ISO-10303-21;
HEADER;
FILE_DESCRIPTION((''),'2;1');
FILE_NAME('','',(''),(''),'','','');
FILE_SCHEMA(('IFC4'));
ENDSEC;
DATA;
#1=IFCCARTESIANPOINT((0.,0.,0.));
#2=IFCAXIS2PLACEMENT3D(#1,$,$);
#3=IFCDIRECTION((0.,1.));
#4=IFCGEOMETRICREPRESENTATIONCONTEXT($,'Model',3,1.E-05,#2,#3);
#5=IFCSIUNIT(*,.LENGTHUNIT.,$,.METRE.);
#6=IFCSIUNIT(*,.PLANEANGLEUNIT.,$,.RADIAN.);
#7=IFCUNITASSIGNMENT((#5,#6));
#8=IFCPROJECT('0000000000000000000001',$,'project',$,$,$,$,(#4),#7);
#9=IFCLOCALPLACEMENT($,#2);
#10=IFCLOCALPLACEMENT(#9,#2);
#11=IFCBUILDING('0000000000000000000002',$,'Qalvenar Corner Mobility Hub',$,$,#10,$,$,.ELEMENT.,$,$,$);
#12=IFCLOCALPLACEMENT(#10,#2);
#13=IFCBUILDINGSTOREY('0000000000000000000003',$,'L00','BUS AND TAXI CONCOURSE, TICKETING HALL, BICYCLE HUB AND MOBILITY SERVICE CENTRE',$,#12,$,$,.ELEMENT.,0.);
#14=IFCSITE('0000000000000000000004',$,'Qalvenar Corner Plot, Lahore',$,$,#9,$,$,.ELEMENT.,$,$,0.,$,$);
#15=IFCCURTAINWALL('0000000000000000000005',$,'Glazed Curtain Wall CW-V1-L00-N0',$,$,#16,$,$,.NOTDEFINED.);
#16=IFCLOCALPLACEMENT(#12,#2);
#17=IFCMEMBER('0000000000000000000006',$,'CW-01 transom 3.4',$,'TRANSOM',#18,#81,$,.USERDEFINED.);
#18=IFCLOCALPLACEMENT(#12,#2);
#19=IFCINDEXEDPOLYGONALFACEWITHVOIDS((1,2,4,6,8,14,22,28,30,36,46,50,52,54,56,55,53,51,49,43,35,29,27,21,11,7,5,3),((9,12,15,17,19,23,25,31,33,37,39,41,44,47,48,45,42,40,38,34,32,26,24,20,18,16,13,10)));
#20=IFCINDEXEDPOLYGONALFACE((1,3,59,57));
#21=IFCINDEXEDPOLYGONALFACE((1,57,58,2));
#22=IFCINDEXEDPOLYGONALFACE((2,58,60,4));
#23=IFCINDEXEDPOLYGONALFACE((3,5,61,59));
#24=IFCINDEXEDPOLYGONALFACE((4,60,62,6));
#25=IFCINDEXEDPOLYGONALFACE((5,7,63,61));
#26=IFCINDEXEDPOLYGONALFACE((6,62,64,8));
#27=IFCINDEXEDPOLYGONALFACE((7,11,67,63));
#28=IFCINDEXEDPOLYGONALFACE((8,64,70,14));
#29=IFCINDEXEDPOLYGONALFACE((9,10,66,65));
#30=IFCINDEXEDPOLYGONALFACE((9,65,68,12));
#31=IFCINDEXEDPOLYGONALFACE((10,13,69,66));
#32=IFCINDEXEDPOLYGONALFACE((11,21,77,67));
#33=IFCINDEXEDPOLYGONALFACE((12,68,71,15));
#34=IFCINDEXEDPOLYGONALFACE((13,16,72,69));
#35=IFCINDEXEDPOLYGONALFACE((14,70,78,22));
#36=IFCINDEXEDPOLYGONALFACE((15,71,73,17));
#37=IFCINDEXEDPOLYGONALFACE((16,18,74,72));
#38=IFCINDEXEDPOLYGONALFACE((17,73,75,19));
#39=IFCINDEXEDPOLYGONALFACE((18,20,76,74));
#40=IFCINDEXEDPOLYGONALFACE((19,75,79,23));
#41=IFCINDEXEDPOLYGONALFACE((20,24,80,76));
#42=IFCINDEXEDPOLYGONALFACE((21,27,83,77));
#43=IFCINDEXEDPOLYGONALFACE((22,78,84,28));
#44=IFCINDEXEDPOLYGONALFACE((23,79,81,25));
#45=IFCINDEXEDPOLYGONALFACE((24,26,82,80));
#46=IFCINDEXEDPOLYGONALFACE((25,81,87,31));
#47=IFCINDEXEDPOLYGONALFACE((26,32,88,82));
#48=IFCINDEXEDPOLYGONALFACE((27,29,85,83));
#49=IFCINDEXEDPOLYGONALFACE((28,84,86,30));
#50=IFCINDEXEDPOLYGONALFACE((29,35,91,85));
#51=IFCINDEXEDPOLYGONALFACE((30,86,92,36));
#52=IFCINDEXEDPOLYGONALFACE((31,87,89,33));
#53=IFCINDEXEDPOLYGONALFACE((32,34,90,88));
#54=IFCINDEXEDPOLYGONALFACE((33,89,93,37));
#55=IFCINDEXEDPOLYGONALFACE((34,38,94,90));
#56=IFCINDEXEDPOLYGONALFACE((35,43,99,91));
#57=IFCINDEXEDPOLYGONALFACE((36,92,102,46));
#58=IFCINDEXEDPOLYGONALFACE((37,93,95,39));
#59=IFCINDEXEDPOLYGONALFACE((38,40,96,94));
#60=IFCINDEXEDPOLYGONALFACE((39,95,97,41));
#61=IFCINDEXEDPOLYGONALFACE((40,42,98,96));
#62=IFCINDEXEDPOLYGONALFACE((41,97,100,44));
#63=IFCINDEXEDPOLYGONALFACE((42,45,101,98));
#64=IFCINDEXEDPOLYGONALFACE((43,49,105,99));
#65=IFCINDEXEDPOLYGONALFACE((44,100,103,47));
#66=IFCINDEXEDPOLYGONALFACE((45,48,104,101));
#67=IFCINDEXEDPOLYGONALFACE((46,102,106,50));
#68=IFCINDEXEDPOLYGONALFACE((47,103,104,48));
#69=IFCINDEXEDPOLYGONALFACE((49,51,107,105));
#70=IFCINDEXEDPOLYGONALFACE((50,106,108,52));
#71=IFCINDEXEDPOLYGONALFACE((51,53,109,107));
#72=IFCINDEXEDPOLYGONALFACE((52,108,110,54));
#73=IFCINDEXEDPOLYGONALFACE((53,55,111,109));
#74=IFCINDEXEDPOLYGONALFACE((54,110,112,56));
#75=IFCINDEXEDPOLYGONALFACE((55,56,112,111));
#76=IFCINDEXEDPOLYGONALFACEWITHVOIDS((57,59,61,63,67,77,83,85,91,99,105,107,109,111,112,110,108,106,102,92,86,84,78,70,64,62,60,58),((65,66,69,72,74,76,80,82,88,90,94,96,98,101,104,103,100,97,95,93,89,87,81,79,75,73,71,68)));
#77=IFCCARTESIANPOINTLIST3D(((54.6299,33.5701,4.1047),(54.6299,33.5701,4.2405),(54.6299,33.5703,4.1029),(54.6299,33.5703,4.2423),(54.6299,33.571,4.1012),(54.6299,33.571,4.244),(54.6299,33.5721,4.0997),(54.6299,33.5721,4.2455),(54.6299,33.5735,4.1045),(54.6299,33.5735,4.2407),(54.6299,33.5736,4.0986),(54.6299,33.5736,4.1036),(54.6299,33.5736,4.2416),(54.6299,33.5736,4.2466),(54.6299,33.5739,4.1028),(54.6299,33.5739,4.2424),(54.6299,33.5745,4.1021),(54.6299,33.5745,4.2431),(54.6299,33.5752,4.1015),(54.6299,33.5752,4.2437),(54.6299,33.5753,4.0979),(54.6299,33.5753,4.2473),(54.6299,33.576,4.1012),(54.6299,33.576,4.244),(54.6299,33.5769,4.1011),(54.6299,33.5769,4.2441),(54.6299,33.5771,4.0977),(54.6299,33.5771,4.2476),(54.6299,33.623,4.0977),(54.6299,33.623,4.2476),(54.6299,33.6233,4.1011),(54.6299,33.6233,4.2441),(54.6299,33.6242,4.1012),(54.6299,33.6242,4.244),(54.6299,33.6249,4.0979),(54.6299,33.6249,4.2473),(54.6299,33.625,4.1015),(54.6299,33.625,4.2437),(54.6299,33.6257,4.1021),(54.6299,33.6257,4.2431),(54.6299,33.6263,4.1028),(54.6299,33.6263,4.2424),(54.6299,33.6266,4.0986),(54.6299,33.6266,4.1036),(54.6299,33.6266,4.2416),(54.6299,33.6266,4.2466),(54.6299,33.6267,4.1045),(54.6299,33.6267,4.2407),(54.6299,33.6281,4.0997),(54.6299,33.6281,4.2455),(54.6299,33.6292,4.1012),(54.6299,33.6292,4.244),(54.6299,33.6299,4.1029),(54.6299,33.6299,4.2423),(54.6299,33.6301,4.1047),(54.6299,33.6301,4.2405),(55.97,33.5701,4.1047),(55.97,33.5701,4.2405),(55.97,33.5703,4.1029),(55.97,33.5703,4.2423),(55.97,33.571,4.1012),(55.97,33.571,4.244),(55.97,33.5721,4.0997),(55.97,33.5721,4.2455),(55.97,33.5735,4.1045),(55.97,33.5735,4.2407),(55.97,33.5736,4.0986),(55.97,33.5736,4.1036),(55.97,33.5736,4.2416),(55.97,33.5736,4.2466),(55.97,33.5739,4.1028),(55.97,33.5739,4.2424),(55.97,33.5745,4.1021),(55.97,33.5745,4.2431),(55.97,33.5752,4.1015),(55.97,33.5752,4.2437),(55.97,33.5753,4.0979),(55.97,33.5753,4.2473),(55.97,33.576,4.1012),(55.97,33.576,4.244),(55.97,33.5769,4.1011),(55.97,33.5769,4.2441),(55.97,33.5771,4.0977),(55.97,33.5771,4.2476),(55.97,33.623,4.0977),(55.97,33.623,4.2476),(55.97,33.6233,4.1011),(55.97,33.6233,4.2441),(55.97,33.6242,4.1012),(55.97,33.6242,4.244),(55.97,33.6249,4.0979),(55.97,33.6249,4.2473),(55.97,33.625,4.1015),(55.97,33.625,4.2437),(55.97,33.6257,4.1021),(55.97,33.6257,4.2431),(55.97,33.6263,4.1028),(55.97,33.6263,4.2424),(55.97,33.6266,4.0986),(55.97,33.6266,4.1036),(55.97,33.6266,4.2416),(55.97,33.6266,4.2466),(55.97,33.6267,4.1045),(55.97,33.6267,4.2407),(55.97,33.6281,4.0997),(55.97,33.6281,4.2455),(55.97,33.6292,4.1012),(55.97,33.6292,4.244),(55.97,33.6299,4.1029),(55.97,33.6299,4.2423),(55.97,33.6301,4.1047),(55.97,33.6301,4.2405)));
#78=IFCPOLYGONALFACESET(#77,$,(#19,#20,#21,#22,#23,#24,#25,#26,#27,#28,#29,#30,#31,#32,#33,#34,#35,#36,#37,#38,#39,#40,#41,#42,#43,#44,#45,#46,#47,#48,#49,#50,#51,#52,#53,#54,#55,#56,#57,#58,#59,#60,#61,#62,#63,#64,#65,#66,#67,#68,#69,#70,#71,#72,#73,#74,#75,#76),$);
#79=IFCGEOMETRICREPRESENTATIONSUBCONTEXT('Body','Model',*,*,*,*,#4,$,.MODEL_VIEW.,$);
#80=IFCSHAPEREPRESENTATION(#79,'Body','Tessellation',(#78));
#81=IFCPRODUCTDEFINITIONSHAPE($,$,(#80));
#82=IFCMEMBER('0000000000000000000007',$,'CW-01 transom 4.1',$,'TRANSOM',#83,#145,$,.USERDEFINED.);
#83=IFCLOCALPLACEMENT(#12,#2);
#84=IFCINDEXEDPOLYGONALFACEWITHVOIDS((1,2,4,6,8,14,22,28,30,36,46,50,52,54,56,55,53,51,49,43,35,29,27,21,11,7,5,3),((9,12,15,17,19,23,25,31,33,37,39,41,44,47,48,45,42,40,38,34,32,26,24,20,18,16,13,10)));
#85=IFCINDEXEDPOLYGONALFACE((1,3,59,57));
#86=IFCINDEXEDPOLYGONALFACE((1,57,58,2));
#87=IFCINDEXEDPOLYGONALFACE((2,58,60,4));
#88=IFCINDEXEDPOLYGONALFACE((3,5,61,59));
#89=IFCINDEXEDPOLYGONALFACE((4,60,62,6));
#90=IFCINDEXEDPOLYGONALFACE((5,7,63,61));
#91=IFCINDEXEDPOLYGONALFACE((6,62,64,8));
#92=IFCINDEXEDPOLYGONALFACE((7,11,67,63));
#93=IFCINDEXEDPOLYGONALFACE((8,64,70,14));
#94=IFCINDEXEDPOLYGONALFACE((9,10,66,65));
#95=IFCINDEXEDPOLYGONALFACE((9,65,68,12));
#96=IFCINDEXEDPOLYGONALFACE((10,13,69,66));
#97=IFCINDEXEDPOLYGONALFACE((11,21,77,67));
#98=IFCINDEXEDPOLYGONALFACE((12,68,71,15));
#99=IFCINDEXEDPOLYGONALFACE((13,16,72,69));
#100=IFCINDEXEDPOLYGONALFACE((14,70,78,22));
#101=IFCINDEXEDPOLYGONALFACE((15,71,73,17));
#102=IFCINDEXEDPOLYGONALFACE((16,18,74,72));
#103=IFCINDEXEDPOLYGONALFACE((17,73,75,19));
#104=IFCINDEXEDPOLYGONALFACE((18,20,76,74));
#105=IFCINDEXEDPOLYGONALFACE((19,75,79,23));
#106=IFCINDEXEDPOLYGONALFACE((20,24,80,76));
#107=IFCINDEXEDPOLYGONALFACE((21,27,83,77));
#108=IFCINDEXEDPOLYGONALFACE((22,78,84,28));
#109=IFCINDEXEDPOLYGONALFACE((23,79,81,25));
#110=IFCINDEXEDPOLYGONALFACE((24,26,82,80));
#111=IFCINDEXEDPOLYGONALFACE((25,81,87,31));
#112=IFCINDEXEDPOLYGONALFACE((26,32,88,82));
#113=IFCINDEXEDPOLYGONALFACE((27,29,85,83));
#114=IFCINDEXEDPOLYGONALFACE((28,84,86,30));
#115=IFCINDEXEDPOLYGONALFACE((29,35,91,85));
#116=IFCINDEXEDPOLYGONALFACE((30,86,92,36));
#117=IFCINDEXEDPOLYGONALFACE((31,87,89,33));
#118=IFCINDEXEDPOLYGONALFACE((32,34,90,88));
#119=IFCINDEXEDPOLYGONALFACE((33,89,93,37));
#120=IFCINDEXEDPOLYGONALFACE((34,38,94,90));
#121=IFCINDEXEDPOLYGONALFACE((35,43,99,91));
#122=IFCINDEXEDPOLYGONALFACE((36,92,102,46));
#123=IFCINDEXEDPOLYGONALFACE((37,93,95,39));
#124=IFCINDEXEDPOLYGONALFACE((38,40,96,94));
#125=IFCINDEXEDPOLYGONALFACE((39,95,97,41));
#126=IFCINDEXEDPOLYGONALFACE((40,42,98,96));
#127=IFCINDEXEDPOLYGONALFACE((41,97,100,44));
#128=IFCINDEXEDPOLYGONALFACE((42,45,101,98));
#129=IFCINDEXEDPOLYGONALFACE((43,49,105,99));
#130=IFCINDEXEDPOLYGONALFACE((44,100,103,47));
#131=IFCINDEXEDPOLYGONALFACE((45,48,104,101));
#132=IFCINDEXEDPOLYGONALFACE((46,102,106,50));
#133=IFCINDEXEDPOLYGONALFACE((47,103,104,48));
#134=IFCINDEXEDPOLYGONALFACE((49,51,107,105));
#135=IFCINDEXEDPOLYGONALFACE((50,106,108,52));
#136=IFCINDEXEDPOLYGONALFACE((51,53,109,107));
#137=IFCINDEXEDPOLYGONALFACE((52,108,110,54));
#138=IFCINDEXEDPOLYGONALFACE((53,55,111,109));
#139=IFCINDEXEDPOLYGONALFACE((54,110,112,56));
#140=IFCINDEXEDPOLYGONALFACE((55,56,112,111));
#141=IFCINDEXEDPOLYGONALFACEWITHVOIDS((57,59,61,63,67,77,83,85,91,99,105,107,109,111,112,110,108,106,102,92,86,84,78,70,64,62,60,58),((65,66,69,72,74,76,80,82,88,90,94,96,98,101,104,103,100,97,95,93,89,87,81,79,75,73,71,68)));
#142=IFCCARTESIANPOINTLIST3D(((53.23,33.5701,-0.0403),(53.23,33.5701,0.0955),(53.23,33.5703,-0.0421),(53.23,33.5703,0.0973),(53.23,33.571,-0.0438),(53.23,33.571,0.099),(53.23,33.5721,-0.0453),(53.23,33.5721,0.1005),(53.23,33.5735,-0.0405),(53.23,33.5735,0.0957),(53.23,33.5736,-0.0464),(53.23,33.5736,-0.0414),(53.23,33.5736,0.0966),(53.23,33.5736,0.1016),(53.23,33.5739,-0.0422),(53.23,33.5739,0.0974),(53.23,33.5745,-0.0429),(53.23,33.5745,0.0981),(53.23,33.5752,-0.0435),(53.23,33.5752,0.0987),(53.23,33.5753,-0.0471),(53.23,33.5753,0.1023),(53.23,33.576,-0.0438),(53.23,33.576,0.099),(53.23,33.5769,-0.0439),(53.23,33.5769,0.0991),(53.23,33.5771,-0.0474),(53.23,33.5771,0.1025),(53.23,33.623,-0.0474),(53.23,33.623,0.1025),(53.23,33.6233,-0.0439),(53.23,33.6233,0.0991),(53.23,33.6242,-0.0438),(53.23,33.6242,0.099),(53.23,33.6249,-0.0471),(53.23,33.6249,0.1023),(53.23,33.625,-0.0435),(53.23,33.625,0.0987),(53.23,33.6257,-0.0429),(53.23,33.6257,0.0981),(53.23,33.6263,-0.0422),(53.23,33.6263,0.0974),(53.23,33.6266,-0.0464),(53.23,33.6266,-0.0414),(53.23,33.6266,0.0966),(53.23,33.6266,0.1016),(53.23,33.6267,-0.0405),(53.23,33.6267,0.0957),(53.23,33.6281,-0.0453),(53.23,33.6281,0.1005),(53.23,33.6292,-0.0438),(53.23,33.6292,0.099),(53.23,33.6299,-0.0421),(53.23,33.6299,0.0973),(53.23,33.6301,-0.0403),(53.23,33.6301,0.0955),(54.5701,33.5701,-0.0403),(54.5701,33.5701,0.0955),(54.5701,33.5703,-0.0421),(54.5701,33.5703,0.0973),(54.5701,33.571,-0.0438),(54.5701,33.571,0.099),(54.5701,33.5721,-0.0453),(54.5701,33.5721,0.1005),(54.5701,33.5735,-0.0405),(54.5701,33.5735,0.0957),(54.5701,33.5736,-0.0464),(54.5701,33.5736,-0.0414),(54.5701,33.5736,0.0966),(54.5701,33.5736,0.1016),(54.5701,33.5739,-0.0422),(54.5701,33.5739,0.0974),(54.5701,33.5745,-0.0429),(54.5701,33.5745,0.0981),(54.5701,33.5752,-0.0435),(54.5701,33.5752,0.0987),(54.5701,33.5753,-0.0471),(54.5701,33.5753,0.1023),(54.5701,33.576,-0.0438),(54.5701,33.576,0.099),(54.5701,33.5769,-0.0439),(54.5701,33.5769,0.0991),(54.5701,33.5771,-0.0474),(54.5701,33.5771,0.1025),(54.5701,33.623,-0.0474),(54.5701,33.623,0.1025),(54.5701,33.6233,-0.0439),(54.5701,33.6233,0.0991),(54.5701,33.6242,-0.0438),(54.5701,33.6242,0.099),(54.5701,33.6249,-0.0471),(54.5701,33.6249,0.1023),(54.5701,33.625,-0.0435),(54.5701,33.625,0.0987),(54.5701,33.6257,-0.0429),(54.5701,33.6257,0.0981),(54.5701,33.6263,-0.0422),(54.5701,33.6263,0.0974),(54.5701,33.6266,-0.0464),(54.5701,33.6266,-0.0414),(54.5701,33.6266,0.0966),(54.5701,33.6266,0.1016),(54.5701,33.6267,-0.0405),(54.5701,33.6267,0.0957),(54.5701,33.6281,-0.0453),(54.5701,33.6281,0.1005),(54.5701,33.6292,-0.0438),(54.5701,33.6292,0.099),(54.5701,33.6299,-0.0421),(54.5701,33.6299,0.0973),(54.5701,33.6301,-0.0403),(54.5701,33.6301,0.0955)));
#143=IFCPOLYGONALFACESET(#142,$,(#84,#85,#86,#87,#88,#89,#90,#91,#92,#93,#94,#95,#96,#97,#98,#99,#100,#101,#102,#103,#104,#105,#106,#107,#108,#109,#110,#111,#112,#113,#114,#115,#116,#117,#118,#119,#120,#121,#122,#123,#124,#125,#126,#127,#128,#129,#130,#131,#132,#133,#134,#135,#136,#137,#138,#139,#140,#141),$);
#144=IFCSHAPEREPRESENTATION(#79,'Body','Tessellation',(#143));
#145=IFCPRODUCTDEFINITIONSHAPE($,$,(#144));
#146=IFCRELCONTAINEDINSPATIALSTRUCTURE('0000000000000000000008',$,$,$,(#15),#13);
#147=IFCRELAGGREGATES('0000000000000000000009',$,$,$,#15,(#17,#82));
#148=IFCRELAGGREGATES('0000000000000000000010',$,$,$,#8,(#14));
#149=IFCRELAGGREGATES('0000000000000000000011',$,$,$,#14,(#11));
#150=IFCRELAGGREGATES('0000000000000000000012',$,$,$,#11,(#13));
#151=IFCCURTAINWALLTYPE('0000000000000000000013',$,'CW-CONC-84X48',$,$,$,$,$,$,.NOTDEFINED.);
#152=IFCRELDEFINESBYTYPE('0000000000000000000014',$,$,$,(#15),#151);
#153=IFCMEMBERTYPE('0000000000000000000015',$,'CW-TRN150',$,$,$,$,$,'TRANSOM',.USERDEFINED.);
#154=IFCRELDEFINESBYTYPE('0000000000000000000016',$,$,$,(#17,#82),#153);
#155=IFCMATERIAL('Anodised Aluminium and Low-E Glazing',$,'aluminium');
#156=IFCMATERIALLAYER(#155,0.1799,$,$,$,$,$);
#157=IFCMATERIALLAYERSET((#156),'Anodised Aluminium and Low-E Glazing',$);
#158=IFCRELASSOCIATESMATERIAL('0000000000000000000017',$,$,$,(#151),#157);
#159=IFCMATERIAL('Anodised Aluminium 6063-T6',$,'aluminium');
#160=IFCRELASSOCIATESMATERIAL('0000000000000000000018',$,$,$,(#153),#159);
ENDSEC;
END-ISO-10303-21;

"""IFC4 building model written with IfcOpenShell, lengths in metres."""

from ifc_helpers import new_model, si_unit, direction, frame, origin, origin_2d, place, context, subcontext, project, spatial, hollow_rectangle, extrude, material, layer, layer_set, material_profile, profile_set, type_object, element, aggregate, save


model = new_model("IFC4")

# Units and contexts
model_context = context("Model", 3, precision=1e-05, world=origin(), true_north=direction((0.0, 1.0)))
body_context = subcontext(model_context, "Body", "Model", "MODEL_VIEW")
ifc_project = project(units=[si_unit("LENGTHUNIT", "METRE"), si_unit("PLANEANGLEUNIT", "RADIAN")], contexts=[model_context])

# Site, building, storey
site_placement = place(None, origin())
site = spatial("IfcSite", under=ifc_project, at=site_placement, Name="Qalvenar Corner Plot, Lahore", CompositionType="ELEMENT", RefElevation=0.0)
building_placement = place(site_placement, origin())
building = spatial("IfcBuilding", under=site, at=building_placement, Name="Qalvenar Corner Mobility Hub", CompositionType="ELEMENT")
storey_placement = place(building_placement, origin())
storey = spatial("IfcBuildingStorey", under=building, at=storey_placement, Name="L00", Description="BUS AND TAXI CONCOURSE, TICKETING HALL, BICYCLE HUB AND MOBILITY SERVICE CENTRE", CompositionType="ELEMENT", Elevation=0.0)

# Shared definitions
ifc_material_1 = material(Name="Anodised Aluminium and Low-E Glazing", Category="aluminium")
ifc_material_2 = material(Name="Anodised Aluminium 6063-T6", Category="aluminium")

# Curtain wall, members
ifc_layer_1 = layer(ifc_material_1, 0.1799)
ifc_layer_set_1 = layer_set([ifc_layer_1], Name="Anodised Aluminium and Low-E Glazing")
curtain_wall_type_1 = type_object("IfcCurtainWallType", Name="CW-CONC-84X48", PredefinedType="NOTDEFINED", material=ifc_layer_set_1)
curtain_wall_1_placement = place(storey_placement, origin())
curtain_wall_1 = element("IfcCurtainWall", 1, at=curtain_wall_1_placement, inside=storey, type_object=curtain_wall_type_1, Name="Glazed Curtain Wall CW-V1-L00-N0", PredefinedType="NOTDEFINED")
ifc_material_profile_1 = material_profile(ifc_material_2, hollow_rectangle(XDim=0.0601, YDim=0.1499, WallThickness=0.0034, InnerFilletRadius=0.0034, OuterFilletRadius=0.0071, at=origin_2d()), Name="RHS150x60x3.5")
ifc_profile_set_1 = profile_set([ifc_material_profile_1], Name="Anodised Aluminium 6063-T6")
member_type_1 = type_object("IfcMemberType", Name="CW-TRN150", ElementType="TRANSOM", PredefinedType="USERDEFINED", material=ifc_profile_set_1)
member_1_placement = place(storey_placement, frame((55.97, 33.6001, 4.1726), z_axis=(-1.0, 0.0, 0.0), x_axis=(0.0, -1.0, 0.0)))
member_1 = element("IfcMember", 2, at=member_1_placement, type_object=member_type_1, Name="CW-01 transom 3.4", ObjectType="TRANSOM", PredefinedType="USERDEFINED", context=body_context, shape_type="SweptSolid", body=[
    extrude(hollow_rectangle(XDim=0.0601, YDim=0.1499, WallThickness=0.0034, InnerFilletRadius=0.0034, OuterFilletRadius=0.0071, at=origin_2d()), origin(), (0.0, 0.0, 1.0), 1.3401),
])
member_2_placement = place(storey_placement, frame((54.5701, 33.6001, 0.0276), z_axis=(-1.0, 0.0, 0.0), x_axis=(0.0, -1.0, 0.0)))
member_2 = element("IfcMember", 3, at=member_2_placement, type_object=member_type_1, Name="CW-01 transom 4.1", ObjectType="TRANSOM", PredefinedType="USERDEFINED", context=body_context, shape_type="SweptSolid", body=[
    extrude(hollow_rectangle(XDim=0.0601, YDim=0.1499, WallThickness=0.0034, InnerFilletRadius=0.0034, OuterFilletRadius=0.0071, at=origin_2d()), origin(), (0.0, 0.0, 1.0), 1.3401),
])
aggregate(curtain_wall_1, [member_1, member_2])

save(model, "model.ifc")
